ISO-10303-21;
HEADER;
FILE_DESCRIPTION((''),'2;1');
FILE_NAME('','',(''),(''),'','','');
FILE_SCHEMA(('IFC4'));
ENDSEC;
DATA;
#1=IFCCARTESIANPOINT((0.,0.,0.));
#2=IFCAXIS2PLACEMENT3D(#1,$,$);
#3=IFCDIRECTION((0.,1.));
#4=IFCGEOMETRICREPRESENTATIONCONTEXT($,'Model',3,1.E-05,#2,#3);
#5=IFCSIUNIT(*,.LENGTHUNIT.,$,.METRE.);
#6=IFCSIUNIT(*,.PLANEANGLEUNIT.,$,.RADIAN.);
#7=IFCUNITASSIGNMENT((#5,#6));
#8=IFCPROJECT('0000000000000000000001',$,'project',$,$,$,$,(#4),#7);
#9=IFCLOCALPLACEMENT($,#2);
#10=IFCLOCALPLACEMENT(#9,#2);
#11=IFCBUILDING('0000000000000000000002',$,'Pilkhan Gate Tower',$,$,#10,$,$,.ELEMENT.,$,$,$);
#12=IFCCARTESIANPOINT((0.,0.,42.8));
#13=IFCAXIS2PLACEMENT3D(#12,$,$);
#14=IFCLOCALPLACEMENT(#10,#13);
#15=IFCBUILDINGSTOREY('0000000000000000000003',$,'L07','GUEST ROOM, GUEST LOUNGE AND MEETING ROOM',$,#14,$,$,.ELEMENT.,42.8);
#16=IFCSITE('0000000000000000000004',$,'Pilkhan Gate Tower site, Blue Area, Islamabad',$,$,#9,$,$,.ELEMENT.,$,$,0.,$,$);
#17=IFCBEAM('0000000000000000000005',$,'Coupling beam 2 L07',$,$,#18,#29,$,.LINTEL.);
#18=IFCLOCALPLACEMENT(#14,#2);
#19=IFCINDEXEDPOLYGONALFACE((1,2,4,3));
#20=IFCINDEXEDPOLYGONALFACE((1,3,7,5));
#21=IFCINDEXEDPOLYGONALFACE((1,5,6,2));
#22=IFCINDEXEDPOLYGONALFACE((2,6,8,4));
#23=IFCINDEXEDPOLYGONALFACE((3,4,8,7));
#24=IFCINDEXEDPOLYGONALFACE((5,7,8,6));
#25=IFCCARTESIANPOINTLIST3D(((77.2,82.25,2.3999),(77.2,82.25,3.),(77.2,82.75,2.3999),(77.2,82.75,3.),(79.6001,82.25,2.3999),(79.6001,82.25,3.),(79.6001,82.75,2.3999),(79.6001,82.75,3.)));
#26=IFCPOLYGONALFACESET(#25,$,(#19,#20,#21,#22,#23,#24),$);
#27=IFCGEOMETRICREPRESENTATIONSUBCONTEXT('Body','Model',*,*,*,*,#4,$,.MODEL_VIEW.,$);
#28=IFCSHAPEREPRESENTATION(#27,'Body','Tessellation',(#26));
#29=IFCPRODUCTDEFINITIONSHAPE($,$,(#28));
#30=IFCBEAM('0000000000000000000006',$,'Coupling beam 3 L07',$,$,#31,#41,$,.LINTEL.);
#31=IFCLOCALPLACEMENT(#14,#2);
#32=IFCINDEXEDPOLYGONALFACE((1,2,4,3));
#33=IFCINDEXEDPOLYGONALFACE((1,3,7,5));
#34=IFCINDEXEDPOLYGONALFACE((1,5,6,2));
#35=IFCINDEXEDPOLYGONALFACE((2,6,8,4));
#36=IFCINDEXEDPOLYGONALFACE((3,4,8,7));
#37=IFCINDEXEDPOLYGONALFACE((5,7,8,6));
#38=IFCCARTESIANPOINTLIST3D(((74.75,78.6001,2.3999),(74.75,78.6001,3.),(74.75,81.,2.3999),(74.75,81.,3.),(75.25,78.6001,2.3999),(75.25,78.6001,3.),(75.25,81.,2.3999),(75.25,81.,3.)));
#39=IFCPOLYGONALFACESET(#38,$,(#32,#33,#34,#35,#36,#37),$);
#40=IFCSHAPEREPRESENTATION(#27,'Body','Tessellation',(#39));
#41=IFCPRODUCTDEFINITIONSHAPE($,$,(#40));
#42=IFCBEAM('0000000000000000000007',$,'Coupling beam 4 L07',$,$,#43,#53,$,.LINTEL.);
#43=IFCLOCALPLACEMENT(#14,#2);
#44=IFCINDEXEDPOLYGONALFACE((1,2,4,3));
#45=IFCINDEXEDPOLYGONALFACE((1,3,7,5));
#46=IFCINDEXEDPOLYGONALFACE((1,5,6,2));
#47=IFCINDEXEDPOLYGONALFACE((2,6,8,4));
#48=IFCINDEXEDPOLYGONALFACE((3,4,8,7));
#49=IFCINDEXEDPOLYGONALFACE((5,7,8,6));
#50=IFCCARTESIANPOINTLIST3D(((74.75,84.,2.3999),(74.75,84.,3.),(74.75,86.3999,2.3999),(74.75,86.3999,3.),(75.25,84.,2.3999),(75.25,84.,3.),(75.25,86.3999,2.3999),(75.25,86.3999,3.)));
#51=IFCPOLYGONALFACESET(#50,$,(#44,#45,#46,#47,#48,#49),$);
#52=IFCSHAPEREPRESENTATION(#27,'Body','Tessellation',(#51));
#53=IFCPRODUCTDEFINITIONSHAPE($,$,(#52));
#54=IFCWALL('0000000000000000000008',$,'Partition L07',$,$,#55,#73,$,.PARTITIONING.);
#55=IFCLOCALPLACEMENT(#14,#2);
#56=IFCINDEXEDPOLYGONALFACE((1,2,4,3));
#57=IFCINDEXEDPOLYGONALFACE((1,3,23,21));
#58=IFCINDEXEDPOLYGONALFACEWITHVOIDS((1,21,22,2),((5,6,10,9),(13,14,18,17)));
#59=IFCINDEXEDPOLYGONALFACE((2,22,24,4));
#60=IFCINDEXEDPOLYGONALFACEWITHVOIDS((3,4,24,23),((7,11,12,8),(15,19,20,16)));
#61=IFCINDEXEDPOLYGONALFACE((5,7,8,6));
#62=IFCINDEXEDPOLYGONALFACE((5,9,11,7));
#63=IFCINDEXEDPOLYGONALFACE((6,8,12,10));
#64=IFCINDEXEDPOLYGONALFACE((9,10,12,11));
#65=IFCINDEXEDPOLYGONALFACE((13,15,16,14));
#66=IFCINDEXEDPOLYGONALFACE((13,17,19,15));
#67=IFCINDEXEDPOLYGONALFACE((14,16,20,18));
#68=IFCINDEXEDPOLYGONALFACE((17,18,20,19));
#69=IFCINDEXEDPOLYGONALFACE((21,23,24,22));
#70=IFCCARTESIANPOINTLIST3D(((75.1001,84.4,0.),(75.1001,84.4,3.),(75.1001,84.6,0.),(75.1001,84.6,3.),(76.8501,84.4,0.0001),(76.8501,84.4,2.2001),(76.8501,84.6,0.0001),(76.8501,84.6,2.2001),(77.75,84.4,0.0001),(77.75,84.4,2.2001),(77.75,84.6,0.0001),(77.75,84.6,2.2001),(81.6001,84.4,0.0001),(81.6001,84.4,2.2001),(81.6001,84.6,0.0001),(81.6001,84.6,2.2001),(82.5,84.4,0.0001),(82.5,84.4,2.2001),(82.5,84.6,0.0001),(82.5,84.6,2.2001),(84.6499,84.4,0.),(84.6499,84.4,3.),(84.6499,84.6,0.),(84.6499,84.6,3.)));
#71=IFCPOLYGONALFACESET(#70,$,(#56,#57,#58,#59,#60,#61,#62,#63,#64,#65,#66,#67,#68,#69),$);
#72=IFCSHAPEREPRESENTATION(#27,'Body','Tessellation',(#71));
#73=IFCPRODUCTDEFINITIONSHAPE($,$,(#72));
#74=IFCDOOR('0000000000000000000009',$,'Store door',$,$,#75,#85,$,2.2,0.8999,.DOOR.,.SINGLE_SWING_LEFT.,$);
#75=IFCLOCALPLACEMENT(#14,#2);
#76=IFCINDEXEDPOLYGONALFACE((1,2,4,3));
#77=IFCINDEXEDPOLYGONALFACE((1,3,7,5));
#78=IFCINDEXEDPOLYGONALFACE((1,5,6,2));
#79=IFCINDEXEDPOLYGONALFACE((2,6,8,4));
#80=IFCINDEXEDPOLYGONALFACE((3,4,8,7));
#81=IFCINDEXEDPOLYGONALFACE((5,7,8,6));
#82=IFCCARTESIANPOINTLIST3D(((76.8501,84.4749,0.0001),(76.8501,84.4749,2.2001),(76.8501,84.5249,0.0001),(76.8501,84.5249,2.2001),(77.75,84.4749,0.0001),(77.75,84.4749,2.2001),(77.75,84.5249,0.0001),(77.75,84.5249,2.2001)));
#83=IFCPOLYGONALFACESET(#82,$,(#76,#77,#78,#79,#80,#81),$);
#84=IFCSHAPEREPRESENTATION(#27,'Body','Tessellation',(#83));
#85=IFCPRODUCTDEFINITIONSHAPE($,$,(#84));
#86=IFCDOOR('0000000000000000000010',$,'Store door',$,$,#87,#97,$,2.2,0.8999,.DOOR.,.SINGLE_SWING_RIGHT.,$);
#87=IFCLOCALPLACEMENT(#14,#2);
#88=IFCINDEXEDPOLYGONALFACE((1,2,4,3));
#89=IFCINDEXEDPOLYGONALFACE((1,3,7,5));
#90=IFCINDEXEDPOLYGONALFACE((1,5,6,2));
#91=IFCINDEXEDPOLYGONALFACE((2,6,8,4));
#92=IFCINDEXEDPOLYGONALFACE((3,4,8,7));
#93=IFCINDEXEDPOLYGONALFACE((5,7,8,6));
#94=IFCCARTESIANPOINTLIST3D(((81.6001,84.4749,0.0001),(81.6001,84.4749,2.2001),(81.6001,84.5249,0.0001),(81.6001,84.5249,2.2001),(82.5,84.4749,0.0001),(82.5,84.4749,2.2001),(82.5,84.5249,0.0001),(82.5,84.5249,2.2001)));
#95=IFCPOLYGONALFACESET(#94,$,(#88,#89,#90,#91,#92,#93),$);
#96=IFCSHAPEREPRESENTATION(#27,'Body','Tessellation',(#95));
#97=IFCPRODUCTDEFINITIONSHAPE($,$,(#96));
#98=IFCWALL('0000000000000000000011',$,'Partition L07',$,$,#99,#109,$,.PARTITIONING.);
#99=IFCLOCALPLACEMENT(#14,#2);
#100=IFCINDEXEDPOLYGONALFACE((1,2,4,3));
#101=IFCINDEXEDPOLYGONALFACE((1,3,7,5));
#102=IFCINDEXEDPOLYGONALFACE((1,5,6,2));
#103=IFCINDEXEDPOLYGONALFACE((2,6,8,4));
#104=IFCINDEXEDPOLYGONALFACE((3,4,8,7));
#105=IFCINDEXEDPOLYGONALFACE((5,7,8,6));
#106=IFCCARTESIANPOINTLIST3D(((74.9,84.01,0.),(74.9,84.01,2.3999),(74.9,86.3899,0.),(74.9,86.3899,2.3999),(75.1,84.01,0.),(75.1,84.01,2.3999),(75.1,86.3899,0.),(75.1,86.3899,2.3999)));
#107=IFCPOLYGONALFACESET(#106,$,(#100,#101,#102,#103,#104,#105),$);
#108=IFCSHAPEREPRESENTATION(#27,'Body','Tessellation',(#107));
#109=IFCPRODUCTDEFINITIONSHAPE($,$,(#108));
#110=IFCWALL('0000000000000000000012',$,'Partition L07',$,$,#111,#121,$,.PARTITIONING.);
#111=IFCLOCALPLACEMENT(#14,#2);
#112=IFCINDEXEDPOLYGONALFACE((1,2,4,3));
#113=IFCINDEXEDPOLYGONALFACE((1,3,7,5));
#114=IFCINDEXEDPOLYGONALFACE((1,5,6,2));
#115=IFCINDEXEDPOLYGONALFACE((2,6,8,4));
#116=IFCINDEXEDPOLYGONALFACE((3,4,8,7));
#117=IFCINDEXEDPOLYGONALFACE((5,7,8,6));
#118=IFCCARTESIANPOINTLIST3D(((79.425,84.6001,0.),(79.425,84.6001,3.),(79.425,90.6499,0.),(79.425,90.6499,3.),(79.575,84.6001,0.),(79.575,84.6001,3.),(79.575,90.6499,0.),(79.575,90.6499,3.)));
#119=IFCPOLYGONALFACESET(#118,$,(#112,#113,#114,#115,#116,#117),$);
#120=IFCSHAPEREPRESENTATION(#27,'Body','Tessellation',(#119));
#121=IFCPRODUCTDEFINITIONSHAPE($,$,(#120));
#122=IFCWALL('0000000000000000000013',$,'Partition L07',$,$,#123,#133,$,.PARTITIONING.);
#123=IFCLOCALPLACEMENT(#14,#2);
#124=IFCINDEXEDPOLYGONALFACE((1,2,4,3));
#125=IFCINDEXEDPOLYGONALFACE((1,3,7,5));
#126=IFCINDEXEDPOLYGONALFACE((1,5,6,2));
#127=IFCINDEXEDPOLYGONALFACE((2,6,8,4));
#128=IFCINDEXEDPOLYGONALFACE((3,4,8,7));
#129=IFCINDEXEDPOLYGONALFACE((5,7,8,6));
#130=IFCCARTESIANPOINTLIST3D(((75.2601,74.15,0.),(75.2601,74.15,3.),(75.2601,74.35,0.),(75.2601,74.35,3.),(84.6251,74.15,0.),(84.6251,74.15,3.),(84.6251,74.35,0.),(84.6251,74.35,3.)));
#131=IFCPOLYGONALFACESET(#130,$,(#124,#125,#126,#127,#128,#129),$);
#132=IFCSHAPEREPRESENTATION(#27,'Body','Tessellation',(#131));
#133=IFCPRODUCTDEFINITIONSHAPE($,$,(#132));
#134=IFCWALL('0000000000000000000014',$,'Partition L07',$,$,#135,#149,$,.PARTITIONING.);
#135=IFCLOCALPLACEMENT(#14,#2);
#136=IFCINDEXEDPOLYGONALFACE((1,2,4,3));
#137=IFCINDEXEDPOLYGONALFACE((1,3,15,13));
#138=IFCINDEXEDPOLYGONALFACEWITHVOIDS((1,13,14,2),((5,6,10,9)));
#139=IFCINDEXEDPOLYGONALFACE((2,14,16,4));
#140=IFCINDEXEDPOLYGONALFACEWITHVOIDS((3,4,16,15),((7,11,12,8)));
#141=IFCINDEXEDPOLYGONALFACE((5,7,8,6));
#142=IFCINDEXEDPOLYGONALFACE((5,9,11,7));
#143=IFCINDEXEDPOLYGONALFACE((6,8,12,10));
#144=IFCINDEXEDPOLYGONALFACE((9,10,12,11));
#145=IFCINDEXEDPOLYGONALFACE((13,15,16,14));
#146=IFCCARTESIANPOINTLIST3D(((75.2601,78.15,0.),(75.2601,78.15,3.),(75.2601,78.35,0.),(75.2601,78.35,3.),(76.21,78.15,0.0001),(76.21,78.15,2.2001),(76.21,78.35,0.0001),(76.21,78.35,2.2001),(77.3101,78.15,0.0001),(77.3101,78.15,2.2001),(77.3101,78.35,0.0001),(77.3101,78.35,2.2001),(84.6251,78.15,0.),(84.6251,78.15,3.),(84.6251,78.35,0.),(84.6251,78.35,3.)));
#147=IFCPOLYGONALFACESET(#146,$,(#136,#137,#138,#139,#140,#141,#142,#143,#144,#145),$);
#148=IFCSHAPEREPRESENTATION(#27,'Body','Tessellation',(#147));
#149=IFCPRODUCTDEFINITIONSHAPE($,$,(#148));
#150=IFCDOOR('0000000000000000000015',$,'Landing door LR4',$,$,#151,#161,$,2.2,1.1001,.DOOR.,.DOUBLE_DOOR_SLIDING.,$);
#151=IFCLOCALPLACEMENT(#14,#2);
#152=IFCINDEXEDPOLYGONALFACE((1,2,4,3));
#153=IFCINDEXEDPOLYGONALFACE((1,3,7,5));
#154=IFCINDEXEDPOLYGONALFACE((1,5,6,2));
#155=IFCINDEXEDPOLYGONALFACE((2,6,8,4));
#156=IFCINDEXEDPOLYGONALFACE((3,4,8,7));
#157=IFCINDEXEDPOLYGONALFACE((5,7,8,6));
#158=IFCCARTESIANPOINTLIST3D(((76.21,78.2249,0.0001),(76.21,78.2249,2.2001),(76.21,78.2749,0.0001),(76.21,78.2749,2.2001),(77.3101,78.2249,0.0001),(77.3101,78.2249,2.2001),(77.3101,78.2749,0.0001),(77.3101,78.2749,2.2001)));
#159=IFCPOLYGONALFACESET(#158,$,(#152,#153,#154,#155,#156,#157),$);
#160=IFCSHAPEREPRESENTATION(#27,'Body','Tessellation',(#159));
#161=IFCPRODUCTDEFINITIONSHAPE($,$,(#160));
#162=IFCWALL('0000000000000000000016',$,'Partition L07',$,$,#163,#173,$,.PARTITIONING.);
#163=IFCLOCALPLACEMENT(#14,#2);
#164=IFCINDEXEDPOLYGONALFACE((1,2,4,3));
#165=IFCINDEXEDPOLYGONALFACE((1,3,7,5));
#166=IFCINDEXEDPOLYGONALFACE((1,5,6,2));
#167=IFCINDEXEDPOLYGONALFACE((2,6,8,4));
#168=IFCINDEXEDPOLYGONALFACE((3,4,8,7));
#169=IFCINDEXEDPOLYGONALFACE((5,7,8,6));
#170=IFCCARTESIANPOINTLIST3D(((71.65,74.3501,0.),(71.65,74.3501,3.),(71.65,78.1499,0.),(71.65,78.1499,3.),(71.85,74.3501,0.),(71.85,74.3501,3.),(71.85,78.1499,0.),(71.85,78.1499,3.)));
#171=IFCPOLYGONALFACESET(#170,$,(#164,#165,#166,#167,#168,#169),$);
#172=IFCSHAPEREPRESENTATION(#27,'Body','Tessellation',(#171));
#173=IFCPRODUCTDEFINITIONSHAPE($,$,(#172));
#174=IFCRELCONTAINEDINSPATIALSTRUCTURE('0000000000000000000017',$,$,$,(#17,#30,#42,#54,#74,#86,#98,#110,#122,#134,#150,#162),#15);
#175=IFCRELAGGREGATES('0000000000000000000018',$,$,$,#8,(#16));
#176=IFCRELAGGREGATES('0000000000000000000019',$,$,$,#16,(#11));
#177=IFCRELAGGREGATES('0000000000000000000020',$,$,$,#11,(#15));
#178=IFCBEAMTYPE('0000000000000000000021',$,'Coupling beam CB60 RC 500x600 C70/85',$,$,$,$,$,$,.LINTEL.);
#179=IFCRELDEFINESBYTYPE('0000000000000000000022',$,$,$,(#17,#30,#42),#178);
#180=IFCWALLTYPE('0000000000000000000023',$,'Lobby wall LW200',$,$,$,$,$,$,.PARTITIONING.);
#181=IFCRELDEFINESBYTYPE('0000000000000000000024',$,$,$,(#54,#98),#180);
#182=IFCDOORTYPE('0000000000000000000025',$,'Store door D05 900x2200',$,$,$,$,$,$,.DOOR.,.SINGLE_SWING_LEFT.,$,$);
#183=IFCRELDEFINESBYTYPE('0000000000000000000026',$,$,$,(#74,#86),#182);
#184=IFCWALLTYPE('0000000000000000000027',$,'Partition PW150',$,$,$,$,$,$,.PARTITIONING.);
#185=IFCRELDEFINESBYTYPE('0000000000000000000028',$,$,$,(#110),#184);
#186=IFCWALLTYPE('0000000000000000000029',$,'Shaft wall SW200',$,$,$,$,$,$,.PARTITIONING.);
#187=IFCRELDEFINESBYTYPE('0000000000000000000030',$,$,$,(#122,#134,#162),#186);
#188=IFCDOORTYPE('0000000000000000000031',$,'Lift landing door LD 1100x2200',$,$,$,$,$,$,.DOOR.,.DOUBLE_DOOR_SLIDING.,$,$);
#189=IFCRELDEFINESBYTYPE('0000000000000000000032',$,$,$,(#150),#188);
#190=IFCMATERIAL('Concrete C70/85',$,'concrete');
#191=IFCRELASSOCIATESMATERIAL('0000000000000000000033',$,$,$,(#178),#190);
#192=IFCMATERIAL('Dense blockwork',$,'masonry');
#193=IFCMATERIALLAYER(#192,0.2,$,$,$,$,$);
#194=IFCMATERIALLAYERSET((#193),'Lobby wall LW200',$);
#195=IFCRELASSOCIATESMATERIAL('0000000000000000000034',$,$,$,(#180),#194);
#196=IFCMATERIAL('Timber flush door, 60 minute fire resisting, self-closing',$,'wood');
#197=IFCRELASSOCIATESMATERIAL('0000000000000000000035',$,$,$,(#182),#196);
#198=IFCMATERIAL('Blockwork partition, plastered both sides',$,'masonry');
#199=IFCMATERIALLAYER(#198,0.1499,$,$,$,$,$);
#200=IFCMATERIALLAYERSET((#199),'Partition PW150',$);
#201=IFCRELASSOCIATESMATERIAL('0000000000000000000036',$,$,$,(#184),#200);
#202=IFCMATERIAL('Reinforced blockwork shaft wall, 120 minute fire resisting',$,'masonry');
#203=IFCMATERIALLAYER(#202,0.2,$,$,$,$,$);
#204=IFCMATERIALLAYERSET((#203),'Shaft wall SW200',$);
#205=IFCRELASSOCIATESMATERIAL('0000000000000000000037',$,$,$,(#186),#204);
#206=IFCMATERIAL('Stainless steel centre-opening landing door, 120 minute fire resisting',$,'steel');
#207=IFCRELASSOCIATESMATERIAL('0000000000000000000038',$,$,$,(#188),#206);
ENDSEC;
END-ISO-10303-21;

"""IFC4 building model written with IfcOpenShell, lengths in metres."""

from ifc_helpers import new_model, si_unit, direction, frame, frame_2d, origin, origin_2d, place, context, subcontext, project, spatial, rectangle, extrude, material, layer, layer_set, material_profile, profile_set, type_object, element, fill, save


model = new_model("IFC4")

# Units and contexts
model_context = context("Model", 3, precision=1e-05, world=origin(), true_north=direction((0.0, 1.0)))
body_context = subcontext(model_context, "Body", "Model", "MODEL_VIEW")
ifc_project = project(units=[si_unit("LENGTHUNIT", "METRE"), si_unit("PLANEANGLEUNIT", "RADIAN")], contexts=[model_context])

# Site, building, storey
site_placement = place(None, origin())
site = spatial("IfcSite", under=ifc_project, at=site_placement, Name="Pilkhan Gate Tower site, Blue Area, Islamabad", CompositionType="ELEMENT", RefElevation=0.0)
building_placement = place(site_placement, origin())
building = spatial("IfcBuilding", under=site, at=building_placement, Name="Pilkhan Gate Tower", CompositionType="ELEMENT")
storey_placement = place(building_placement, frame((0.0, 0.0, 42.8)))
storey = spatial("IfcBuildingStorey", under=building, at=storey_placement, Name="L07", Description="GUEST ROOM, GUEST LOUNGE AND MEETING ROOM", CompositionType="ELEMENT", Elevation=42.8)

# Beams
ifc_material_1 = material(Name="Concrete C70/85", Category="concrete")
ifc_material_profile = material_profile(ifc_material_1, rectangle(XDim=0.5, YDim=0.6001, at=origin_2d()), Name="RC 500x600")
ifc_profile_set = profile_set([ifc_material_profile], Name="Concrete C70/85")
beam_type = type_object("IfcBeamType", Name="Coupling beam CB60 RC 500x600 C70/85", PredefinedType="LINTEL", material=ifc_profile_set)
beam_placement = place(storey_placement, frame((77.2, 82.5, 2.7), z_axis=(1.0, 0.0, 0.0), x_axis=(0.0, 1.0, 0.0)))
element("IfcBeam", 1, at=beam_placement, inside=storey, type_object=beam_type, Name="Coupling beam 2 L07", PredefinedType="LINTEL", context=body_context, shape_type="SweptSolid", body=[
    extrude(rectangle(XDim=0.5, YDim=0.6001, at=origin_2d()), origin(), (0.0, 0.0, 1.0), 2.4001),
])
for number, where, z_axis, x_axis, name in (
    (2, (75.0, 78.6001, 2.7), (0.0, 1.0, 0.0), (-1.0, 0.0, 0.0), "Coupling beam 3 L07"),
    (3, (75.0, 84.0, 2.7), (0.0, 1.0, 0.0), (-1.0, 0.0, 0.0), "Coupling beam 4 L07"),
):
    element("IfcBeam", number, at=place(storey_placement, frame(where, z_axis=z_axis, x_axis=x_axis)), inside=storey, type_object=beam_type, Name=name, PredefinedType="LINTEL", context=body_context, shape_type="SweptSolid", body=[
        extrude(rectangle(XDim=0.5, YDim=0.6001, at=origin_2d()), origin(), (0.0, 0.0, 1.0), 2.3999),
    ])

# Wall, openings, doors
ifc_material_2 = material(Name="Dense blockwork", Category="masonry")
ifc_layer_1 = layer(ifc_material_2, 0.2)
ifc_layer_set_1 = layer_set([ifc_layer_1], Name="Lobby wall LW200")
wall_type_1 = type_object("IfcWallType", Name="Lobby wall LW200", PredefinedType="PARTITIONING", material=ifc_layer_set_1)
wall_1_placement = place(storey_placement, frame((75.1001, 84.5, 0.0), z_axis=(0.0, 0.0, 1.0), x_axis=(1.0, 0.0, 0.0)))
wall_1 = element("IfcWall", 4, at=wall_1_placement, inside=storey, type_object=wall_type_1, Name="Partition L07", PredefinedType="PARTITIONING", context=body_context, shape_type="SweptSolid", body=[
    extrude(rectangle(XDim=9.5498, YDim=0.2, at=frame_2d((4.7749, 0.0))), origin(), (0.0, 0.0, 1.0), 3.0),
])
opening_1_placement = place(wall_1_placement, frame((1.75, 0.0, 0.0)))
opening_1 = element("IfcOpeningElement", 5, at=opening_1_placement, cuts=wall_1, PredefinedType="OPENING", context=body_context, shape_type="SweptSolid", body=[
    extrude(rectangle(XDim=0.8999, YDim=2.2, at=frame_2d((0.45, 1.1001))), frame((0.0, 0.1099, 0.0), z_axis=(0.0, -1.0, 0.0), x_axis=(1.0, 0.0, 0.0)), (0.0, 0.0, 1.0), 0.22),
])
opening_2_placement = place(wall_1_placement, frame((6.5, 0.0, 0.0)))
opening_2 = element("IfcOpeningElement", 6, at=opening_2_placement, cuts=wall_1, PredefinedType="OPENING", context=body_context, shape_type="SweptSolid", body=[
    extrude(rectangle(XDim=0.8999, YDim=2.2, at=frame_2d((0.45, 1.1001))), frame((0.0, 0.1099, 0.0), z_axis=(0.0, -1.0, 0.0), x_axis=(1.0, 0.0, 0.0)), (0.0, 0.0, 1.0), 0.22),
])
ifc_material_3 = material(Name="Timber flush door, 60 minute fire resisting, self-closing", Category="wood")
door_type_1 = type_object("IfcDoorType", Name="Store door D05 900x2200", OperationType="SINGLE_SWING_LEFT", PredefinedType="DOOR", material=ifc_material_3)
door_1_placement = place(opening_1_placement, origin())
door_1 = element("IfcDoor", 7, at=door_1_placement, inside=storey, type_object=door_type_1, Name="Store door", OperationType="SINGLE_SWING_LEFT", OverallHeight=2.2, OverallWidth=0.8999, PredefinedType="DOOR", context=body_context, shape_type="SweptSolid", body=[
    extrude(rectangle(XDim=0.8999, YDim=2.2, at=frame_2d((0.45, 1.1001))), frame((0.0, 0.0249, 0.0), z_axis=(0.0, -1.0, 0.0), x_axis=(1.0, 0.0, 0.0)), (0.0, 0.0, 1.0), 0.05),
])
fill(opening_1, door_1)
door_2_placement = place(opening_2_placement, origin())
door_2 = element("IfcDoor", 8, at=door_2_placement, inside=storey, type_object=door_type_1, Name="Store door", OperationType="SINGLE_SWING_RIGHT", OverallHeight=2.2, OverallWidth=0.8999, PredefinedType="DOOR", context=body_context, shape_type="SweptSolid", body=[
    extrude(rectangle(XDim=0.8999, YDim=2.2, at=frame_2d((0.45, 1.1001))), frame((0.0, 0.0249, 0.0), z_axis=(0.0, -1.0, 0.0), x_axis=(1.0, 0.0, 0.0)), (0.0, 0.0, 1.0), 0.05),
])
fill(opening_2, door_2)

# Walls
wall_2_placement = place(storey_placement, frame((75.0, 84.01, 0.0), z_axis=(0.0, 0.0, 1.0), x_axis=(0.0, 1.0, 0.0)))
element("IfcWall", 9, at=wall_2_placement, inside=storey, type_object=wall_type_1, Name="Partition L07", PredefinedType="PARTITIONING", context=body_context, shape_type="SweptSolid", body=[
    extrude(rectangle(XDim=2.3799, YDim=0.2, at=frame_2d((1.1899, 0.0))), origin(), (0.0, 0.0, 1.0), 2.3999),
])
ifc_material_4 = material(Name="Blockwork partition, plastered both sides", Category="masonry")
ifc_layer_2 = layer(ifc_material_4, 0.1499)
ifc_layer_set_2 = layer_set([ifc_layer_2], Name="Partition PW150")
wall_type_2 = type_object("IfcWallType", Name="Partition PW150", PredefinedType="PARTITIONING", material=ifc_layer_set_2)
wall_3_placement = place(storey_placement, frame((79.5, 84.6001, 0.0), z_axis=(0.0, 0.0, 1.0), x_axis=(0.0, 1.0, 0.0)))
element("IfcWall", 10, at=wall_3_placement, inside=storey, type_object=wall_type_2, Name="Partition L07", PredefinedType="PARTITIONING", context=body_context, shape_type="SweptSolid", body=[
    extrude(rectangle(XDim=6.0498, YDim=0.1499, at=frame_2d((3.0249, 0.0))), origin(), (0.0, 0.0, 1.0), 3.0),
])
ifc_material_5 = material(Name="Reinforced blockwork shaft wall, 120 minute fire resisting", Category="masonry")
ifc_layer_3 = layer(ifc_material_5, 0.2)
ifc_layer_set_3 = layer_set([ifc_layer_3], Name="Shaft wall SW200")
wall_type_3 = type_object("IfcWallType", Name="Shaft wall SW200", PredefinedType="PARTITIONING", material=ifc_layer_set_3)
wall_4_placement = place(storey_placement, frame((75.26, 74.25, 0.0), z_axis=(0.0, 0.0, 1.0), x_axis=(1.0, 0.0, 0.0)))
element("IfcWall", 11, at=wall_4_placement, inside=storey, type_object=wall_type_3, Name="Partition L07", PredefinedType="PARTITIONING", context=body_context, shape_type="SweptSolid", body=[
    extrude(rectangle(XDim=9.365, YDim=0.2, at=frame_2d((4.6826, 0.0))), origin(), (0.0, 0.0, 1.0), 3.0),
])

# Wall, opening, door
wall_5_placement = place(storey_placement, frame((75.26, 78.25, 0.0), z_axis=(0.0, 0.0, 1.0), x_axis=(1.0, 0.0, 0.0)))
wall_5 = element("IfcWall", 12, at=wall_5_placement, inside=storey, type_object=wall_type_3, Name="Partition L07", PredefinedType="PARTITIONING", context=body_context, shape_type="SweptSolid", body=[
    extrude(rectangle(XDim=9.365, YDim=0.2, at=frame_2d((4.6826, 0.0))), origin(), (0.0, 0.0, 1.0), 3.0),
])
opening_3_placement = place(wall_5_placement, frame((0.95, 0.0, 0.0)))
opening_3 = element("IfcOpeningElement", 13, at=opening_3_placement, cuts=wall_5, PredefinedType="OPENING", context=body_context, shape_type="SweptSolid", body=[
    extrude(rectangle(XDim=1.1001, YDim=2.2, at=frame_2d((0.55, 1.1001))), frame((0.0, 0.1099, 0.0), z_axis=(0.0, -1.0, 0.0), x_axis=(1.0, 0.0, 0.0)), (0.0, 0.0, 1.0), 0.22),
])
ifc_material_6 = material(Name="Stainless steel centre-opening landing door, 120 minute fire resisting", Category="steel")
door_type_2 = type_object("IfcDoorType", Name="Lift landing door LD 1100x2200", OperationType="DOUBLE_DOOR_SLIDING", PredefinedType="DOOR", material=ifc_material_6)
door_3_placement = place(opening_3_placement, origin())
door_3 = element("IfcDoor", 14, at=door_3_placement, inside=storey, type_object=door_type_2, Name="Landing door LR4", OperationType="DOUBLE_DOOR_SLIDING", OverallHeight=2.2, OverallWidth=1.1001, PredefinedType="DOOR", context=body_context, shape_type="SweptSolid", body=[
    extrude(rectangle(XDim=1.1001, YDim=2.2, at=frame_2d((0.55, 1.1001))), frame((0.0, 0.0249, 0.0), z_axis=(0.0, -1.0, 0.0), x_axis=(1.0, 0.0, 0.0)), (0.0, 0.0, 1.0), 0.05),
])
fill(opening_3, door_3)

# Wall
for number, where, z_axis, x_axis, name in (
    (15, (71.75, 74.3501, 0.0), (0.0, 0.0, 1.0), (0.0, 1.0, 0.0), "Partition L07"),
):
    element("IfcWall", number, at=place(storey_placement, frame(where, z_axis=z_axis, x_axis=x_axis)), inside=storey, type_object=wall_type_3, Name=name, PredefinedType="PARTITIONING", context=body_context, shape_type="SweptSolid", body=[
        extrude(rectangle(XDim=3.7998, YDim=0.2, at=frame_2d((1.8999, 0.0))), origin(), (0.0, 0.0, 1.0), 3.0),
    ])

save(model, "model.ifc")
